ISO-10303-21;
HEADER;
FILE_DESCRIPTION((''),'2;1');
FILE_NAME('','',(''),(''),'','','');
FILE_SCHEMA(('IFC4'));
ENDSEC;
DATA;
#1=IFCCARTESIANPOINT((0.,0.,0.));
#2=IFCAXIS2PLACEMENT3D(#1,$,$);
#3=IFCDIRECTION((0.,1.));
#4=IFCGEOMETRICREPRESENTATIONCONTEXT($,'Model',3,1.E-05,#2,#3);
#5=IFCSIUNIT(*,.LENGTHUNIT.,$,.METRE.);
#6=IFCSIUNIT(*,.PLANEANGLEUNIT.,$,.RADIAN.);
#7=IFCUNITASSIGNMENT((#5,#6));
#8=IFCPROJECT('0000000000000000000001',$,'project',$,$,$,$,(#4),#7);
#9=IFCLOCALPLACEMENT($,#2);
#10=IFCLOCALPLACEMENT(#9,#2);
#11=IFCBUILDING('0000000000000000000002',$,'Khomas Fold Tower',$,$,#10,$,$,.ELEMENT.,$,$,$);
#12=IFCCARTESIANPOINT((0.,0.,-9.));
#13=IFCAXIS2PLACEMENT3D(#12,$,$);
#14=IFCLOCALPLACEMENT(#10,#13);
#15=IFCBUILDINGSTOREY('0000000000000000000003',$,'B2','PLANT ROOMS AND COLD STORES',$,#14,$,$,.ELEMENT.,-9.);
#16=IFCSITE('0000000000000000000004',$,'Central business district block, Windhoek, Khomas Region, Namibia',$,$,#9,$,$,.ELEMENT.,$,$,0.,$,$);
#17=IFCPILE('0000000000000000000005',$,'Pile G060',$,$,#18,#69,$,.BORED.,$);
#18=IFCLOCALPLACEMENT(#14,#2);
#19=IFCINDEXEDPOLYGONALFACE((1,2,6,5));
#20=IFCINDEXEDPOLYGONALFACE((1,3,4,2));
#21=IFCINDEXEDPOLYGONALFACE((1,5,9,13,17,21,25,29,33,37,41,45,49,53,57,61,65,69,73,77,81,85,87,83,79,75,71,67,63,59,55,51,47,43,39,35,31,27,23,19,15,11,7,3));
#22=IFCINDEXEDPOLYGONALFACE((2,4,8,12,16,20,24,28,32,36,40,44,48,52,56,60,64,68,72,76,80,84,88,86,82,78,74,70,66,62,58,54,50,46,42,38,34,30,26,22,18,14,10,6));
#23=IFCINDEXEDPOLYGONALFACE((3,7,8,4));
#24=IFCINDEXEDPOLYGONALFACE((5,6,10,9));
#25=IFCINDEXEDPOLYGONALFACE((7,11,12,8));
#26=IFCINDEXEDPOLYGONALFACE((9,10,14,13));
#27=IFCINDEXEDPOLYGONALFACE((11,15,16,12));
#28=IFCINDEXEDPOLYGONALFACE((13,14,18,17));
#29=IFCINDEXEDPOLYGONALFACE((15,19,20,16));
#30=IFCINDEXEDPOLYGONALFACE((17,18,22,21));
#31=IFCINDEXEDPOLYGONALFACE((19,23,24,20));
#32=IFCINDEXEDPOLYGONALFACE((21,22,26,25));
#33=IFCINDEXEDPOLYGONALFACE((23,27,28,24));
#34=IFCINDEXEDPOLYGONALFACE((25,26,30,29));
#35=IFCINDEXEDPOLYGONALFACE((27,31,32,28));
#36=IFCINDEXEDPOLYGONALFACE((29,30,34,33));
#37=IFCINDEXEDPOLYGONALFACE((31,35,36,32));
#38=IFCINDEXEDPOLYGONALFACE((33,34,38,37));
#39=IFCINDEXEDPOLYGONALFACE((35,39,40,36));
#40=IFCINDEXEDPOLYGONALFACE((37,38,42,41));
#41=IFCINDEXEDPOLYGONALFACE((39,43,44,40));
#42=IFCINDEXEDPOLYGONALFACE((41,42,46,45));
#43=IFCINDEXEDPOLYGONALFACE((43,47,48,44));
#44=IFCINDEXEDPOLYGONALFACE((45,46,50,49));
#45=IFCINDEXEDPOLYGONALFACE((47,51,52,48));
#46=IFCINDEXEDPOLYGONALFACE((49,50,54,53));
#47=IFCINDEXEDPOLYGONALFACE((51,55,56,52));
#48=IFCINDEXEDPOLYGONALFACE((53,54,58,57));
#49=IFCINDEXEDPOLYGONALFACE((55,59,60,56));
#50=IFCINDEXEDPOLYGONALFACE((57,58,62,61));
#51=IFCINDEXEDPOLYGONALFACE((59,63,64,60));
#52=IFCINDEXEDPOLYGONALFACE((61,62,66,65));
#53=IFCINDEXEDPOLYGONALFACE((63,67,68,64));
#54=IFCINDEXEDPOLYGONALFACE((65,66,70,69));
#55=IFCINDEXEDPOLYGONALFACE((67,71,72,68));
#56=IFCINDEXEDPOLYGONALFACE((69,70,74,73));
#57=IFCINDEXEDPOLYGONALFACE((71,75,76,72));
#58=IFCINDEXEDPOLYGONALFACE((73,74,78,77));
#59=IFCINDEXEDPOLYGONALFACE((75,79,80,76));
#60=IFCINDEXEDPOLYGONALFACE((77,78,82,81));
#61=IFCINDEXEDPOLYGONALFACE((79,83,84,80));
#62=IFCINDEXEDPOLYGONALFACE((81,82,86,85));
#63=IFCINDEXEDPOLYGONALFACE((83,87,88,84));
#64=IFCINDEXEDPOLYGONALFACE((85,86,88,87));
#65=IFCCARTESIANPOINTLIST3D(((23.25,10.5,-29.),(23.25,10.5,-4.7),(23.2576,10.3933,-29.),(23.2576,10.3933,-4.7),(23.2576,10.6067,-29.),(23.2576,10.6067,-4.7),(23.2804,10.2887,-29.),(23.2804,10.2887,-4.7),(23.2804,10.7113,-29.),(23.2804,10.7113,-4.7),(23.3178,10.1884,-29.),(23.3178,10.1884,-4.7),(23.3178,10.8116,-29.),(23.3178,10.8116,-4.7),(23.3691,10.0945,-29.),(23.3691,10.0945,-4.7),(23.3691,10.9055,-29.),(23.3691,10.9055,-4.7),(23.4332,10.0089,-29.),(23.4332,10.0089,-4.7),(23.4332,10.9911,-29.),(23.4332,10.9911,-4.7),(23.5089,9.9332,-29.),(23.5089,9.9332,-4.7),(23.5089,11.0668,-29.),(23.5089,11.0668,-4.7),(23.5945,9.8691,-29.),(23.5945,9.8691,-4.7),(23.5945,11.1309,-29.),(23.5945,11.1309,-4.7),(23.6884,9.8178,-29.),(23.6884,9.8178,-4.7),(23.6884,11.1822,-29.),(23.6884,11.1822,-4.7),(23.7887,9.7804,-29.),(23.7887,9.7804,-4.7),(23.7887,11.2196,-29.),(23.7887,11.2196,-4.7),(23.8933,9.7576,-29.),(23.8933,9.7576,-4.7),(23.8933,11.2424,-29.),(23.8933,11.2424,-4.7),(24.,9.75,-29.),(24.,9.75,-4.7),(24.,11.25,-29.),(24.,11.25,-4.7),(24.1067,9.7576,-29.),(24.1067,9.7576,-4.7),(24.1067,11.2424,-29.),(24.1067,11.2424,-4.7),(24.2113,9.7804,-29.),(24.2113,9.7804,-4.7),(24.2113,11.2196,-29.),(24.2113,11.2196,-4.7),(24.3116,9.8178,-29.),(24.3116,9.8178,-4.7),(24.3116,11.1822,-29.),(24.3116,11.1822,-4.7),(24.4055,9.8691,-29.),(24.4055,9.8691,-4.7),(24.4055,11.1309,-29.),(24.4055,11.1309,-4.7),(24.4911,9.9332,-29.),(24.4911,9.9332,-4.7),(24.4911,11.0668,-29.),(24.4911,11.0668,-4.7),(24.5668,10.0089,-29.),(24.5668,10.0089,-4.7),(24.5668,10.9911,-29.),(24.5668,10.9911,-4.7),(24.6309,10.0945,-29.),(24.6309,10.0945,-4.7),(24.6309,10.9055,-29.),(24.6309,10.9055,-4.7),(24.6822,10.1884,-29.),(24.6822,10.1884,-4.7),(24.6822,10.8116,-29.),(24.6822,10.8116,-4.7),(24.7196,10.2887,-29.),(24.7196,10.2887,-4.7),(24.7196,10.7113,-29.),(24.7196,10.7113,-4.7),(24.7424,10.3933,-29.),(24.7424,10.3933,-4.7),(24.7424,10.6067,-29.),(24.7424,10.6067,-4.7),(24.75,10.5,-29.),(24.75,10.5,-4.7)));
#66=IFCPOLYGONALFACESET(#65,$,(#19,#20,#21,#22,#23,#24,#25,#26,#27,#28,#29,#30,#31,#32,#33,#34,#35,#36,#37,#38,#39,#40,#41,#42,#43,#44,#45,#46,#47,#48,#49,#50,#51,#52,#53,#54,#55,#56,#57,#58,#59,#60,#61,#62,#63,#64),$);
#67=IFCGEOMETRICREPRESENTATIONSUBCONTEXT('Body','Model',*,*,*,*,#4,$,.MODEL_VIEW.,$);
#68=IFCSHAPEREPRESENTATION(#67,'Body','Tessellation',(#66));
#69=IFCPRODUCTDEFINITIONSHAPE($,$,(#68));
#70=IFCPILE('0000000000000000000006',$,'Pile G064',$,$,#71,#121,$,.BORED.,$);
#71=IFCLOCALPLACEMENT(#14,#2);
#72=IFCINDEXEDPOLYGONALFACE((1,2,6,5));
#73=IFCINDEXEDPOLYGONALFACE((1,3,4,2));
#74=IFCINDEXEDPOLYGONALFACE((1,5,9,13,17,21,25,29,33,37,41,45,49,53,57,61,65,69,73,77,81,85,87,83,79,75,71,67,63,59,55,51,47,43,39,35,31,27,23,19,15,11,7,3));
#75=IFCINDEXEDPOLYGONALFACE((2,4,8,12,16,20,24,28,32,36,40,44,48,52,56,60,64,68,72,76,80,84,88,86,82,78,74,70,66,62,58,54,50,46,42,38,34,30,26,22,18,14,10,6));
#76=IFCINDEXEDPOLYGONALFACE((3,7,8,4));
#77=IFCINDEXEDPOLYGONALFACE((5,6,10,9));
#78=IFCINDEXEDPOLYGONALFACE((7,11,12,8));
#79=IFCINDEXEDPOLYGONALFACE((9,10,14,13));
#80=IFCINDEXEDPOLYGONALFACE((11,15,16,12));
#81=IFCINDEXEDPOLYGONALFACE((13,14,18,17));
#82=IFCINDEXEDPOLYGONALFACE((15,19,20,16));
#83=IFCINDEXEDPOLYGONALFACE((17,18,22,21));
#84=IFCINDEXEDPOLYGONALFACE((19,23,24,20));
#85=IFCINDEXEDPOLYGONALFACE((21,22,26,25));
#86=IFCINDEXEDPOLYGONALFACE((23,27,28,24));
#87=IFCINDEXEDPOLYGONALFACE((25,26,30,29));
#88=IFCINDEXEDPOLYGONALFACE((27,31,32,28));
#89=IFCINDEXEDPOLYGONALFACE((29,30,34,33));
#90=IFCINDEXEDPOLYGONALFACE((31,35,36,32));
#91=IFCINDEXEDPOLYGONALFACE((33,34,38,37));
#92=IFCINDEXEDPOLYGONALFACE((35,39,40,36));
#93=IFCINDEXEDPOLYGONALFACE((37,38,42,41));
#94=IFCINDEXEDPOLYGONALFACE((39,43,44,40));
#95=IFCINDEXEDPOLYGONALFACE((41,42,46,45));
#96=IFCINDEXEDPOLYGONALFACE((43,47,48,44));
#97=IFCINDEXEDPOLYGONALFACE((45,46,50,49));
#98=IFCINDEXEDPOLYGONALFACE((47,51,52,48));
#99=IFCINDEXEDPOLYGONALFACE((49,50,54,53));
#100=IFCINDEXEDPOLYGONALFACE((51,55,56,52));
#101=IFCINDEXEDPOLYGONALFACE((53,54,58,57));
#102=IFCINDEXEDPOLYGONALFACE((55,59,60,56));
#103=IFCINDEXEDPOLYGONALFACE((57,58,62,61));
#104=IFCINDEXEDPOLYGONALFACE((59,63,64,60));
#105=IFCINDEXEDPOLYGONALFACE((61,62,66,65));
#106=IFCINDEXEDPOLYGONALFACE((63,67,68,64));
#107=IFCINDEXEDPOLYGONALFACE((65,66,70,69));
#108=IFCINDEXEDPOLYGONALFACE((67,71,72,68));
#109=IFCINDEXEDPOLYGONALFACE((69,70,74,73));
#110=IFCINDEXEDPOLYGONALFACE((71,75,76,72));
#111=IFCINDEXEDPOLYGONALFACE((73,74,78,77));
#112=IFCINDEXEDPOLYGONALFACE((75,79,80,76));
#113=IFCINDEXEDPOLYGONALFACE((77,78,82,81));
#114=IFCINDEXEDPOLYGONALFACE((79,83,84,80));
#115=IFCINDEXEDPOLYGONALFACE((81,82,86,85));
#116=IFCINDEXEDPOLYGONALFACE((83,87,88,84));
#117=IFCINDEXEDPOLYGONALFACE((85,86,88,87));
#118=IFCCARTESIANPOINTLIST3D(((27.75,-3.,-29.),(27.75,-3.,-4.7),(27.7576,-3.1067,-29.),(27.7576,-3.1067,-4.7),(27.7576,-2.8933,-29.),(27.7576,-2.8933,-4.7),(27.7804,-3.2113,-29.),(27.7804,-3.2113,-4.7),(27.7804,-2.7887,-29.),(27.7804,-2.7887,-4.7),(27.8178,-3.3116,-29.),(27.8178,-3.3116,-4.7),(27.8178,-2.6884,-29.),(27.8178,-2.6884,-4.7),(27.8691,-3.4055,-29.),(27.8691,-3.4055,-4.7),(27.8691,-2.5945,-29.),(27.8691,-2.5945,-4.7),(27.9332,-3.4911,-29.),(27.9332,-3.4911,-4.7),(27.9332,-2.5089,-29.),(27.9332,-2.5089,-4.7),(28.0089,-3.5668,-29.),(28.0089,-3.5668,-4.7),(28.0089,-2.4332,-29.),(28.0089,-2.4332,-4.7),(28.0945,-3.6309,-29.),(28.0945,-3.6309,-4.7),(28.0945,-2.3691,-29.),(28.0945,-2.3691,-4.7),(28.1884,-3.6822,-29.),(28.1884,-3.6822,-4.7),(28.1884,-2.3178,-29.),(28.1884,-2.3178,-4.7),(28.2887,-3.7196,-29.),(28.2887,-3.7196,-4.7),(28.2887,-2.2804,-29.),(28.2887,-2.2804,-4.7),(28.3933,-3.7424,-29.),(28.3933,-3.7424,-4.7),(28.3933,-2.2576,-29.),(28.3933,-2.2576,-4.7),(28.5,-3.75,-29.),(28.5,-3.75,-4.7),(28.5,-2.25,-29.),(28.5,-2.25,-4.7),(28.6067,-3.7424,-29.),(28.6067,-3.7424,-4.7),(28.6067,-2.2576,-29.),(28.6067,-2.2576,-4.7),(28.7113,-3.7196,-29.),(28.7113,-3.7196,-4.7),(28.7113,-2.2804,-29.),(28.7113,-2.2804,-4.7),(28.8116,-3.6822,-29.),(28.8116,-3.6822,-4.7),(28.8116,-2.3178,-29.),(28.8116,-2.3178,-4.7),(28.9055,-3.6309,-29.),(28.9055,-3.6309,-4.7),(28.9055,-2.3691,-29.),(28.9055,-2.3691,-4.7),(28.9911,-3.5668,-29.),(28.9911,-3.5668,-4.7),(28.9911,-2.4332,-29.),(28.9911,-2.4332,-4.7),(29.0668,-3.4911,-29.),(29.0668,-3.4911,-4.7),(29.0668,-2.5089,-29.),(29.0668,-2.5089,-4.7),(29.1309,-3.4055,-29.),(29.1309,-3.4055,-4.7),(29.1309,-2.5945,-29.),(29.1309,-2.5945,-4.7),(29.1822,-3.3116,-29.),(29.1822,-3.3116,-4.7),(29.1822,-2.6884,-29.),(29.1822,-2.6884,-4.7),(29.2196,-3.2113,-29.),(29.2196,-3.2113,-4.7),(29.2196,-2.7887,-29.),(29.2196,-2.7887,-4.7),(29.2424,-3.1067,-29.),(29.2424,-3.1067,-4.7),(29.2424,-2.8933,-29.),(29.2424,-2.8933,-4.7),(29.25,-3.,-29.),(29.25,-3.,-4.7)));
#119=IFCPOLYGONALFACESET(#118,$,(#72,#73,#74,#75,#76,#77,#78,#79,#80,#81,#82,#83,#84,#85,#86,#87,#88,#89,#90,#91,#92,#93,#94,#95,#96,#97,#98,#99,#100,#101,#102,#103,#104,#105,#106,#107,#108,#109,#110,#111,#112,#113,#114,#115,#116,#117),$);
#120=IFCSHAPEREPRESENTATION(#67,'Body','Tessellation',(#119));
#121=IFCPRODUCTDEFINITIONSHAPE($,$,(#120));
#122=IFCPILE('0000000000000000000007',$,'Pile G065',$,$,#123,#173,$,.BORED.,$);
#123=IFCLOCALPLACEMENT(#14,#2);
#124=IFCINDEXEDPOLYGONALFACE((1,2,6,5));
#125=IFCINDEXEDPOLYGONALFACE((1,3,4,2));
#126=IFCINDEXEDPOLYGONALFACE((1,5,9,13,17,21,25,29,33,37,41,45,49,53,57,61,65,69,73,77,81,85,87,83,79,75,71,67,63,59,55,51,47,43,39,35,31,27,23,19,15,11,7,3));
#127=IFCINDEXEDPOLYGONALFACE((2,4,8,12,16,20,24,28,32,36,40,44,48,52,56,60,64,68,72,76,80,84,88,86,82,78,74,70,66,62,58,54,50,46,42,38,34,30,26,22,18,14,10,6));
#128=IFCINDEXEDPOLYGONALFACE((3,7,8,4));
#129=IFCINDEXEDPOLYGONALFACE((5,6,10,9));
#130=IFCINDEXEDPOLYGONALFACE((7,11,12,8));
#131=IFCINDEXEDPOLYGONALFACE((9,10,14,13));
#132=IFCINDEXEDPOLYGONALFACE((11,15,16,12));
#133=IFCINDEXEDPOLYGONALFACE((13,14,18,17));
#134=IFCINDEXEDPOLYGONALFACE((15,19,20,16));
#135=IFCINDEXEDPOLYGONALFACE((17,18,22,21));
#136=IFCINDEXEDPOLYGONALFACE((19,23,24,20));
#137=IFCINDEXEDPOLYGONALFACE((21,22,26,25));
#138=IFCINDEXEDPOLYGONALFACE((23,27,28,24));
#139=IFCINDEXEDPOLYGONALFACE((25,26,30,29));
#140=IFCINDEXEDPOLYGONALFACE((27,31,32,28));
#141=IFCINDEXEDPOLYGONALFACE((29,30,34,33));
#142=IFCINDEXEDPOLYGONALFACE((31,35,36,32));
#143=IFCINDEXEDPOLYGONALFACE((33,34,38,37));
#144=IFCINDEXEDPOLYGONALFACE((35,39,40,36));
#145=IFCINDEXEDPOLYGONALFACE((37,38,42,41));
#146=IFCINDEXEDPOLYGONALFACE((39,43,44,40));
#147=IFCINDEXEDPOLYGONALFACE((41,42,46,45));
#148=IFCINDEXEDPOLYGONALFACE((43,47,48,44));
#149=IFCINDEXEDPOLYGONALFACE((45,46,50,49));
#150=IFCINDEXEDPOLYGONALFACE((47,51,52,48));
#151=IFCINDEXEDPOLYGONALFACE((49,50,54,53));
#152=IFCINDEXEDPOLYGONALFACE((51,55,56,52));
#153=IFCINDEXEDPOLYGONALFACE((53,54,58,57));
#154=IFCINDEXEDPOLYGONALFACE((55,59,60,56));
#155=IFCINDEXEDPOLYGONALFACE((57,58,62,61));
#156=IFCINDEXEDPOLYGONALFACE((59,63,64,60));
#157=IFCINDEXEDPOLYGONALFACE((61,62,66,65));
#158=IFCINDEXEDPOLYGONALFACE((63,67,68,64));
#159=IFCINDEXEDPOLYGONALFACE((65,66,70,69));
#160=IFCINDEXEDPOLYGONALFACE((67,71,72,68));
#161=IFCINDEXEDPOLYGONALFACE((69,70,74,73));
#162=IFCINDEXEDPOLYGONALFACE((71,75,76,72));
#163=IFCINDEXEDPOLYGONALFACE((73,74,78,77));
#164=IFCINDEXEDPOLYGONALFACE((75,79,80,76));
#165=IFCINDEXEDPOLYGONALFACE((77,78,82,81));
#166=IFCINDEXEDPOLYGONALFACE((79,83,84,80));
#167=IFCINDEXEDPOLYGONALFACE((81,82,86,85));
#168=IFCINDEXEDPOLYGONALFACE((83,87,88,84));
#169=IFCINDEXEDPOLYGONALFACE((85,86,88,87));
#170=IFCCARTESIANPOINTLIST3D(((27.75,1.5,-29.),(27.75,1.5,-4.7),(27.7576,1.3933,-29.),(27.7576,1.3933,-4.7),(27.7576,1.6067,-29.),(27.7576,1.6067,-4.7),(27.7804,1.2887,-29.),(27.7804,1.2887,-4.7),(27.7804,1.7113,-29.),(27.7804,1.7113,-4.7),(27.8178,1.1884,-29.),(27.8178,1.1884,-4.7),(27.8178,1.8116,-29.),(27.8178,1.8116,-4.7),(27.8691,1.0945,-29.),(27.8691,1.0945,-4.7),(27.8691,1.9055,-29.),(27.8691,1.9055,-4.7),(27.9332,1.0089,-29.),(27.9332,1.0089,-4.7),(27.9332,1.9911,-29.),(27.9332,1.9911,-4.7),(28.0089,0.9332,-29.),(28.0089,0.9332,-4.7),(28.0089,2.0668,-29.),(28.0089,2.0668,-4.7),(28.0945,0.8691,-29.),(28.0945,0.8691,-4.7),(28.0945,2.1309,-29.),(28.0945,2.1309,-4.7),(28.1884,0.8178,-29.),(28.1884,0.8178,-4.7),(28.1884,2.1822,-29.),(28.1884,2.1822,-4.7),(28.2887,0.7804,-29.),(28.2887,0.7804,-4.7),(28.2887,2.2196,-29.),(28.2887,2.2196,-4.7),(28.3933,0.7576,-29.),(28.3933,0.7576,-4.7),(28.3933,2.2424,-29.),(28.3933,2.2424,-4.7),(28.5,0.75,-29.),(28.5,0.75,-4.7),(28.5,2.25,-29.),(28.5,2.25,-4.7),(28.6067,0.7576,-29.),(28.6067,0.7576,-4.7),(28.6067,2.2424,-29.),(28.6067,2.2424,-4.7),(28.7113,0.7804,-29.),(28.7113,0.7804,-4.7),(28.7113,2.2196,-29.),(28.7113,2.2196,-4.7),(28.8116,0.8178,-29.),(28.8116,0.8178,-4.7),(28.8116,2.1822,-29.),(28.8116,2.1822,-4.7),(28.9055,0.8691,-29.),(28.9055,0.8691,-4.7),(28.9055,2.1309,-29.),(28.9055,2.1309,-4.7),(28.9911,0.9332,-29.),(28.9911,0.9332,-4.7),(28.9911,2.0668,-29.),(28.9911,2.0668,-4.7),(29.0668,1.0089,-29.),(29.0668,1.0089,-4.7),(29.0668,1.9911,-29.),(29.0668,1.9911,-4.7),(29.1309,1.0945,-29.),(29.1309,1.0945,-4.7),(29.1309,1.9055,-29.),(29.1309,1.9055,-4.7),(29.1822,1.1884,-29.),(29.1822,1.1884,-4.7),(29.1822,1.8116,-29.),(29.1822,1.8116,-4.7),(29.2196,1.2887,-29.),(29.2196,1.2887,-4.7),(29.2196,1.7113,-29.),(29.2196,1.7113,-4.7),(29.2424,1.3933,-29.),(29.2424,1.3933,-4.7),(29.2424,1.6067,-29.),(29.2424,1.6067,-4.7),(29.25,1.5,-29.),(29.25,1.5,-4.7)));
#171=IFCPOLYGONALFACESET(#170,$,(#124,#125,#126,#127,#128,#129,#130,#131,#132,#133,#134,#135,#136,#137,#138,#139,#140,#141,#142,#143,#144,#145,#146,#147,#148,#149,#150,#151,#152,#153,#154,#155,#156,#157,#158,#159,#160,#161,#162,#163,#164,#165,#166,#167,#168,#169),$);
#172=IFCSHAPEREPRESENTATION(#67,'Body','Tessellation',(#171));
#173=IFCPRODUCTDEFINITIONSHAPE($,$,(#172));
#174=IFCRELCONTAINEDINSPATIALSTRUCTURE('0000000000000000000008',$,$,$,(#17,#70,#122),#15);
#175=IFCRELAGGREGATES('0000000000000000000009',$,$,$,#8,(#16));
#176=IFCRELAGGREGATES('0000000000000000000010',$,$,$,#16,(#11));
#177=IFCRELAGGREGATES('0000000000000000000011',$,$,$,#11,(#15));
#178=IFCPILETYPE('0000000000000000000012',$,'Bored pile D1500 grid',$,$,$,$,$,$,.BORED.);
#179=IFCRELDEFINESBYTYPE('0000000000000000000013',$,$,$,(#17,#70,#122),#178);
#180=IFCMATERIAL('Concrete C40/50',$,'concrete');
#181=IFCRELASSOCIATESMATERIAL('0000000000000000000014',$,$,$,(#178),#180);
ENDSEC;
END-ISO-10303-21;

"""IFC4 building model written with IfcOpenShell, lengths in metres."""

from ifc_helpers import new_model, si_unit, direction, frame, origin, origin_2d, place, context, subcontext, project, spatial, circle, extrude, source, transform, mapped, material, material_profile, profile_set, type_object, element, save


model = new_model("IFC4")

# Units and contexts
model_context = context("Model", 3, precision=1e-05, world=origin(), true_north=direction((0.0, 1.0)))
body_context = subcontext(model_context, "Body", "Model", "MODEL_VIEW")
ifc_project = project(units=[si_unit("LENGTHUNIT", "METRE"), si_unit("PLANEANGLEUNIT", "RADIAN")], contexts=[model_context])

# Site, building, storey
site_placement = place(None, origin())
site = spatial("IfcSite", under=ifc_project, at=site_placement, Name="Central business district block, Windhoek, Khomas Region, Namibia", CompositionType="ELEMENT", RefElevation=0.0)
building_placement = place(site_placement, origin())
building = spatial("IfcBuilding", under=site, at=building_placement, Name="Khomas Fold Tower", CompositionType="ELEMENT")
storey_placement = place(building_placement, frame((0.0, 0.0, -9.0)))
storey = spatial("IfcBuildingStorey", under=building, at=storey_placement, Name="B2", Description="PLANT ROOMS AND COLD STORES", CompositionType="ELEMENT", Elevation=-9.0)

# Piles
ifc_material_1 = material(Name="Concrete C40/50", Category="concrete")
ifc_material_profile_1 = material_profile(ifc_material_1, circle(Radius=0.75, at=origin_2d()), Name="PILE D1500")
ifc_profile_set_1 = profile_set([ifc_material_profile_1], Name="Concrete C40/50")
pile_type = type_object("IfcPileType", Name="Bored pile D1500 grid", PredefinedType="BORED", material=ifc_profile_set_1)
shared_shape_1 = source(origin(), body_context, "Body", "SweptSolid", [
    extrude(circle(Radius=0.75, at=origin_2d()), origin(), (0.0, 0.0, 1.0), 24.3),
])
for number, where, z_axis, x_axis, name in (
    (1, (24.0, 10.5, -4.7), (0.0, 0.0, -1.0), (1.0, 0.0, 0.0), "Pile G060"),
    (2, (28.5, -3.0, -4.7), (0.0, 0.0, -1.0), (1.0, 0.0, 0.0), "Pile G064"),
    (3, (28.5, 1.5, -4.7), (0.0, 0.0, -1.0), (1.0, 0.0, 0.0), "Pile G065"),
):
    element("IfcPile", number, at=place(storey_placement, frame(where, z_axis=z_axis, x_axis=x_axis)), inside=storey, type_object=pile_type, Name=name, PredefinedType="BORED", context=body_context, shape_type="MappedRepresentation", body=[
        mapped(shared_shape_1, transform((0.0, 0.0, 0.0))),
    ])

save(model, "model.ifc")
